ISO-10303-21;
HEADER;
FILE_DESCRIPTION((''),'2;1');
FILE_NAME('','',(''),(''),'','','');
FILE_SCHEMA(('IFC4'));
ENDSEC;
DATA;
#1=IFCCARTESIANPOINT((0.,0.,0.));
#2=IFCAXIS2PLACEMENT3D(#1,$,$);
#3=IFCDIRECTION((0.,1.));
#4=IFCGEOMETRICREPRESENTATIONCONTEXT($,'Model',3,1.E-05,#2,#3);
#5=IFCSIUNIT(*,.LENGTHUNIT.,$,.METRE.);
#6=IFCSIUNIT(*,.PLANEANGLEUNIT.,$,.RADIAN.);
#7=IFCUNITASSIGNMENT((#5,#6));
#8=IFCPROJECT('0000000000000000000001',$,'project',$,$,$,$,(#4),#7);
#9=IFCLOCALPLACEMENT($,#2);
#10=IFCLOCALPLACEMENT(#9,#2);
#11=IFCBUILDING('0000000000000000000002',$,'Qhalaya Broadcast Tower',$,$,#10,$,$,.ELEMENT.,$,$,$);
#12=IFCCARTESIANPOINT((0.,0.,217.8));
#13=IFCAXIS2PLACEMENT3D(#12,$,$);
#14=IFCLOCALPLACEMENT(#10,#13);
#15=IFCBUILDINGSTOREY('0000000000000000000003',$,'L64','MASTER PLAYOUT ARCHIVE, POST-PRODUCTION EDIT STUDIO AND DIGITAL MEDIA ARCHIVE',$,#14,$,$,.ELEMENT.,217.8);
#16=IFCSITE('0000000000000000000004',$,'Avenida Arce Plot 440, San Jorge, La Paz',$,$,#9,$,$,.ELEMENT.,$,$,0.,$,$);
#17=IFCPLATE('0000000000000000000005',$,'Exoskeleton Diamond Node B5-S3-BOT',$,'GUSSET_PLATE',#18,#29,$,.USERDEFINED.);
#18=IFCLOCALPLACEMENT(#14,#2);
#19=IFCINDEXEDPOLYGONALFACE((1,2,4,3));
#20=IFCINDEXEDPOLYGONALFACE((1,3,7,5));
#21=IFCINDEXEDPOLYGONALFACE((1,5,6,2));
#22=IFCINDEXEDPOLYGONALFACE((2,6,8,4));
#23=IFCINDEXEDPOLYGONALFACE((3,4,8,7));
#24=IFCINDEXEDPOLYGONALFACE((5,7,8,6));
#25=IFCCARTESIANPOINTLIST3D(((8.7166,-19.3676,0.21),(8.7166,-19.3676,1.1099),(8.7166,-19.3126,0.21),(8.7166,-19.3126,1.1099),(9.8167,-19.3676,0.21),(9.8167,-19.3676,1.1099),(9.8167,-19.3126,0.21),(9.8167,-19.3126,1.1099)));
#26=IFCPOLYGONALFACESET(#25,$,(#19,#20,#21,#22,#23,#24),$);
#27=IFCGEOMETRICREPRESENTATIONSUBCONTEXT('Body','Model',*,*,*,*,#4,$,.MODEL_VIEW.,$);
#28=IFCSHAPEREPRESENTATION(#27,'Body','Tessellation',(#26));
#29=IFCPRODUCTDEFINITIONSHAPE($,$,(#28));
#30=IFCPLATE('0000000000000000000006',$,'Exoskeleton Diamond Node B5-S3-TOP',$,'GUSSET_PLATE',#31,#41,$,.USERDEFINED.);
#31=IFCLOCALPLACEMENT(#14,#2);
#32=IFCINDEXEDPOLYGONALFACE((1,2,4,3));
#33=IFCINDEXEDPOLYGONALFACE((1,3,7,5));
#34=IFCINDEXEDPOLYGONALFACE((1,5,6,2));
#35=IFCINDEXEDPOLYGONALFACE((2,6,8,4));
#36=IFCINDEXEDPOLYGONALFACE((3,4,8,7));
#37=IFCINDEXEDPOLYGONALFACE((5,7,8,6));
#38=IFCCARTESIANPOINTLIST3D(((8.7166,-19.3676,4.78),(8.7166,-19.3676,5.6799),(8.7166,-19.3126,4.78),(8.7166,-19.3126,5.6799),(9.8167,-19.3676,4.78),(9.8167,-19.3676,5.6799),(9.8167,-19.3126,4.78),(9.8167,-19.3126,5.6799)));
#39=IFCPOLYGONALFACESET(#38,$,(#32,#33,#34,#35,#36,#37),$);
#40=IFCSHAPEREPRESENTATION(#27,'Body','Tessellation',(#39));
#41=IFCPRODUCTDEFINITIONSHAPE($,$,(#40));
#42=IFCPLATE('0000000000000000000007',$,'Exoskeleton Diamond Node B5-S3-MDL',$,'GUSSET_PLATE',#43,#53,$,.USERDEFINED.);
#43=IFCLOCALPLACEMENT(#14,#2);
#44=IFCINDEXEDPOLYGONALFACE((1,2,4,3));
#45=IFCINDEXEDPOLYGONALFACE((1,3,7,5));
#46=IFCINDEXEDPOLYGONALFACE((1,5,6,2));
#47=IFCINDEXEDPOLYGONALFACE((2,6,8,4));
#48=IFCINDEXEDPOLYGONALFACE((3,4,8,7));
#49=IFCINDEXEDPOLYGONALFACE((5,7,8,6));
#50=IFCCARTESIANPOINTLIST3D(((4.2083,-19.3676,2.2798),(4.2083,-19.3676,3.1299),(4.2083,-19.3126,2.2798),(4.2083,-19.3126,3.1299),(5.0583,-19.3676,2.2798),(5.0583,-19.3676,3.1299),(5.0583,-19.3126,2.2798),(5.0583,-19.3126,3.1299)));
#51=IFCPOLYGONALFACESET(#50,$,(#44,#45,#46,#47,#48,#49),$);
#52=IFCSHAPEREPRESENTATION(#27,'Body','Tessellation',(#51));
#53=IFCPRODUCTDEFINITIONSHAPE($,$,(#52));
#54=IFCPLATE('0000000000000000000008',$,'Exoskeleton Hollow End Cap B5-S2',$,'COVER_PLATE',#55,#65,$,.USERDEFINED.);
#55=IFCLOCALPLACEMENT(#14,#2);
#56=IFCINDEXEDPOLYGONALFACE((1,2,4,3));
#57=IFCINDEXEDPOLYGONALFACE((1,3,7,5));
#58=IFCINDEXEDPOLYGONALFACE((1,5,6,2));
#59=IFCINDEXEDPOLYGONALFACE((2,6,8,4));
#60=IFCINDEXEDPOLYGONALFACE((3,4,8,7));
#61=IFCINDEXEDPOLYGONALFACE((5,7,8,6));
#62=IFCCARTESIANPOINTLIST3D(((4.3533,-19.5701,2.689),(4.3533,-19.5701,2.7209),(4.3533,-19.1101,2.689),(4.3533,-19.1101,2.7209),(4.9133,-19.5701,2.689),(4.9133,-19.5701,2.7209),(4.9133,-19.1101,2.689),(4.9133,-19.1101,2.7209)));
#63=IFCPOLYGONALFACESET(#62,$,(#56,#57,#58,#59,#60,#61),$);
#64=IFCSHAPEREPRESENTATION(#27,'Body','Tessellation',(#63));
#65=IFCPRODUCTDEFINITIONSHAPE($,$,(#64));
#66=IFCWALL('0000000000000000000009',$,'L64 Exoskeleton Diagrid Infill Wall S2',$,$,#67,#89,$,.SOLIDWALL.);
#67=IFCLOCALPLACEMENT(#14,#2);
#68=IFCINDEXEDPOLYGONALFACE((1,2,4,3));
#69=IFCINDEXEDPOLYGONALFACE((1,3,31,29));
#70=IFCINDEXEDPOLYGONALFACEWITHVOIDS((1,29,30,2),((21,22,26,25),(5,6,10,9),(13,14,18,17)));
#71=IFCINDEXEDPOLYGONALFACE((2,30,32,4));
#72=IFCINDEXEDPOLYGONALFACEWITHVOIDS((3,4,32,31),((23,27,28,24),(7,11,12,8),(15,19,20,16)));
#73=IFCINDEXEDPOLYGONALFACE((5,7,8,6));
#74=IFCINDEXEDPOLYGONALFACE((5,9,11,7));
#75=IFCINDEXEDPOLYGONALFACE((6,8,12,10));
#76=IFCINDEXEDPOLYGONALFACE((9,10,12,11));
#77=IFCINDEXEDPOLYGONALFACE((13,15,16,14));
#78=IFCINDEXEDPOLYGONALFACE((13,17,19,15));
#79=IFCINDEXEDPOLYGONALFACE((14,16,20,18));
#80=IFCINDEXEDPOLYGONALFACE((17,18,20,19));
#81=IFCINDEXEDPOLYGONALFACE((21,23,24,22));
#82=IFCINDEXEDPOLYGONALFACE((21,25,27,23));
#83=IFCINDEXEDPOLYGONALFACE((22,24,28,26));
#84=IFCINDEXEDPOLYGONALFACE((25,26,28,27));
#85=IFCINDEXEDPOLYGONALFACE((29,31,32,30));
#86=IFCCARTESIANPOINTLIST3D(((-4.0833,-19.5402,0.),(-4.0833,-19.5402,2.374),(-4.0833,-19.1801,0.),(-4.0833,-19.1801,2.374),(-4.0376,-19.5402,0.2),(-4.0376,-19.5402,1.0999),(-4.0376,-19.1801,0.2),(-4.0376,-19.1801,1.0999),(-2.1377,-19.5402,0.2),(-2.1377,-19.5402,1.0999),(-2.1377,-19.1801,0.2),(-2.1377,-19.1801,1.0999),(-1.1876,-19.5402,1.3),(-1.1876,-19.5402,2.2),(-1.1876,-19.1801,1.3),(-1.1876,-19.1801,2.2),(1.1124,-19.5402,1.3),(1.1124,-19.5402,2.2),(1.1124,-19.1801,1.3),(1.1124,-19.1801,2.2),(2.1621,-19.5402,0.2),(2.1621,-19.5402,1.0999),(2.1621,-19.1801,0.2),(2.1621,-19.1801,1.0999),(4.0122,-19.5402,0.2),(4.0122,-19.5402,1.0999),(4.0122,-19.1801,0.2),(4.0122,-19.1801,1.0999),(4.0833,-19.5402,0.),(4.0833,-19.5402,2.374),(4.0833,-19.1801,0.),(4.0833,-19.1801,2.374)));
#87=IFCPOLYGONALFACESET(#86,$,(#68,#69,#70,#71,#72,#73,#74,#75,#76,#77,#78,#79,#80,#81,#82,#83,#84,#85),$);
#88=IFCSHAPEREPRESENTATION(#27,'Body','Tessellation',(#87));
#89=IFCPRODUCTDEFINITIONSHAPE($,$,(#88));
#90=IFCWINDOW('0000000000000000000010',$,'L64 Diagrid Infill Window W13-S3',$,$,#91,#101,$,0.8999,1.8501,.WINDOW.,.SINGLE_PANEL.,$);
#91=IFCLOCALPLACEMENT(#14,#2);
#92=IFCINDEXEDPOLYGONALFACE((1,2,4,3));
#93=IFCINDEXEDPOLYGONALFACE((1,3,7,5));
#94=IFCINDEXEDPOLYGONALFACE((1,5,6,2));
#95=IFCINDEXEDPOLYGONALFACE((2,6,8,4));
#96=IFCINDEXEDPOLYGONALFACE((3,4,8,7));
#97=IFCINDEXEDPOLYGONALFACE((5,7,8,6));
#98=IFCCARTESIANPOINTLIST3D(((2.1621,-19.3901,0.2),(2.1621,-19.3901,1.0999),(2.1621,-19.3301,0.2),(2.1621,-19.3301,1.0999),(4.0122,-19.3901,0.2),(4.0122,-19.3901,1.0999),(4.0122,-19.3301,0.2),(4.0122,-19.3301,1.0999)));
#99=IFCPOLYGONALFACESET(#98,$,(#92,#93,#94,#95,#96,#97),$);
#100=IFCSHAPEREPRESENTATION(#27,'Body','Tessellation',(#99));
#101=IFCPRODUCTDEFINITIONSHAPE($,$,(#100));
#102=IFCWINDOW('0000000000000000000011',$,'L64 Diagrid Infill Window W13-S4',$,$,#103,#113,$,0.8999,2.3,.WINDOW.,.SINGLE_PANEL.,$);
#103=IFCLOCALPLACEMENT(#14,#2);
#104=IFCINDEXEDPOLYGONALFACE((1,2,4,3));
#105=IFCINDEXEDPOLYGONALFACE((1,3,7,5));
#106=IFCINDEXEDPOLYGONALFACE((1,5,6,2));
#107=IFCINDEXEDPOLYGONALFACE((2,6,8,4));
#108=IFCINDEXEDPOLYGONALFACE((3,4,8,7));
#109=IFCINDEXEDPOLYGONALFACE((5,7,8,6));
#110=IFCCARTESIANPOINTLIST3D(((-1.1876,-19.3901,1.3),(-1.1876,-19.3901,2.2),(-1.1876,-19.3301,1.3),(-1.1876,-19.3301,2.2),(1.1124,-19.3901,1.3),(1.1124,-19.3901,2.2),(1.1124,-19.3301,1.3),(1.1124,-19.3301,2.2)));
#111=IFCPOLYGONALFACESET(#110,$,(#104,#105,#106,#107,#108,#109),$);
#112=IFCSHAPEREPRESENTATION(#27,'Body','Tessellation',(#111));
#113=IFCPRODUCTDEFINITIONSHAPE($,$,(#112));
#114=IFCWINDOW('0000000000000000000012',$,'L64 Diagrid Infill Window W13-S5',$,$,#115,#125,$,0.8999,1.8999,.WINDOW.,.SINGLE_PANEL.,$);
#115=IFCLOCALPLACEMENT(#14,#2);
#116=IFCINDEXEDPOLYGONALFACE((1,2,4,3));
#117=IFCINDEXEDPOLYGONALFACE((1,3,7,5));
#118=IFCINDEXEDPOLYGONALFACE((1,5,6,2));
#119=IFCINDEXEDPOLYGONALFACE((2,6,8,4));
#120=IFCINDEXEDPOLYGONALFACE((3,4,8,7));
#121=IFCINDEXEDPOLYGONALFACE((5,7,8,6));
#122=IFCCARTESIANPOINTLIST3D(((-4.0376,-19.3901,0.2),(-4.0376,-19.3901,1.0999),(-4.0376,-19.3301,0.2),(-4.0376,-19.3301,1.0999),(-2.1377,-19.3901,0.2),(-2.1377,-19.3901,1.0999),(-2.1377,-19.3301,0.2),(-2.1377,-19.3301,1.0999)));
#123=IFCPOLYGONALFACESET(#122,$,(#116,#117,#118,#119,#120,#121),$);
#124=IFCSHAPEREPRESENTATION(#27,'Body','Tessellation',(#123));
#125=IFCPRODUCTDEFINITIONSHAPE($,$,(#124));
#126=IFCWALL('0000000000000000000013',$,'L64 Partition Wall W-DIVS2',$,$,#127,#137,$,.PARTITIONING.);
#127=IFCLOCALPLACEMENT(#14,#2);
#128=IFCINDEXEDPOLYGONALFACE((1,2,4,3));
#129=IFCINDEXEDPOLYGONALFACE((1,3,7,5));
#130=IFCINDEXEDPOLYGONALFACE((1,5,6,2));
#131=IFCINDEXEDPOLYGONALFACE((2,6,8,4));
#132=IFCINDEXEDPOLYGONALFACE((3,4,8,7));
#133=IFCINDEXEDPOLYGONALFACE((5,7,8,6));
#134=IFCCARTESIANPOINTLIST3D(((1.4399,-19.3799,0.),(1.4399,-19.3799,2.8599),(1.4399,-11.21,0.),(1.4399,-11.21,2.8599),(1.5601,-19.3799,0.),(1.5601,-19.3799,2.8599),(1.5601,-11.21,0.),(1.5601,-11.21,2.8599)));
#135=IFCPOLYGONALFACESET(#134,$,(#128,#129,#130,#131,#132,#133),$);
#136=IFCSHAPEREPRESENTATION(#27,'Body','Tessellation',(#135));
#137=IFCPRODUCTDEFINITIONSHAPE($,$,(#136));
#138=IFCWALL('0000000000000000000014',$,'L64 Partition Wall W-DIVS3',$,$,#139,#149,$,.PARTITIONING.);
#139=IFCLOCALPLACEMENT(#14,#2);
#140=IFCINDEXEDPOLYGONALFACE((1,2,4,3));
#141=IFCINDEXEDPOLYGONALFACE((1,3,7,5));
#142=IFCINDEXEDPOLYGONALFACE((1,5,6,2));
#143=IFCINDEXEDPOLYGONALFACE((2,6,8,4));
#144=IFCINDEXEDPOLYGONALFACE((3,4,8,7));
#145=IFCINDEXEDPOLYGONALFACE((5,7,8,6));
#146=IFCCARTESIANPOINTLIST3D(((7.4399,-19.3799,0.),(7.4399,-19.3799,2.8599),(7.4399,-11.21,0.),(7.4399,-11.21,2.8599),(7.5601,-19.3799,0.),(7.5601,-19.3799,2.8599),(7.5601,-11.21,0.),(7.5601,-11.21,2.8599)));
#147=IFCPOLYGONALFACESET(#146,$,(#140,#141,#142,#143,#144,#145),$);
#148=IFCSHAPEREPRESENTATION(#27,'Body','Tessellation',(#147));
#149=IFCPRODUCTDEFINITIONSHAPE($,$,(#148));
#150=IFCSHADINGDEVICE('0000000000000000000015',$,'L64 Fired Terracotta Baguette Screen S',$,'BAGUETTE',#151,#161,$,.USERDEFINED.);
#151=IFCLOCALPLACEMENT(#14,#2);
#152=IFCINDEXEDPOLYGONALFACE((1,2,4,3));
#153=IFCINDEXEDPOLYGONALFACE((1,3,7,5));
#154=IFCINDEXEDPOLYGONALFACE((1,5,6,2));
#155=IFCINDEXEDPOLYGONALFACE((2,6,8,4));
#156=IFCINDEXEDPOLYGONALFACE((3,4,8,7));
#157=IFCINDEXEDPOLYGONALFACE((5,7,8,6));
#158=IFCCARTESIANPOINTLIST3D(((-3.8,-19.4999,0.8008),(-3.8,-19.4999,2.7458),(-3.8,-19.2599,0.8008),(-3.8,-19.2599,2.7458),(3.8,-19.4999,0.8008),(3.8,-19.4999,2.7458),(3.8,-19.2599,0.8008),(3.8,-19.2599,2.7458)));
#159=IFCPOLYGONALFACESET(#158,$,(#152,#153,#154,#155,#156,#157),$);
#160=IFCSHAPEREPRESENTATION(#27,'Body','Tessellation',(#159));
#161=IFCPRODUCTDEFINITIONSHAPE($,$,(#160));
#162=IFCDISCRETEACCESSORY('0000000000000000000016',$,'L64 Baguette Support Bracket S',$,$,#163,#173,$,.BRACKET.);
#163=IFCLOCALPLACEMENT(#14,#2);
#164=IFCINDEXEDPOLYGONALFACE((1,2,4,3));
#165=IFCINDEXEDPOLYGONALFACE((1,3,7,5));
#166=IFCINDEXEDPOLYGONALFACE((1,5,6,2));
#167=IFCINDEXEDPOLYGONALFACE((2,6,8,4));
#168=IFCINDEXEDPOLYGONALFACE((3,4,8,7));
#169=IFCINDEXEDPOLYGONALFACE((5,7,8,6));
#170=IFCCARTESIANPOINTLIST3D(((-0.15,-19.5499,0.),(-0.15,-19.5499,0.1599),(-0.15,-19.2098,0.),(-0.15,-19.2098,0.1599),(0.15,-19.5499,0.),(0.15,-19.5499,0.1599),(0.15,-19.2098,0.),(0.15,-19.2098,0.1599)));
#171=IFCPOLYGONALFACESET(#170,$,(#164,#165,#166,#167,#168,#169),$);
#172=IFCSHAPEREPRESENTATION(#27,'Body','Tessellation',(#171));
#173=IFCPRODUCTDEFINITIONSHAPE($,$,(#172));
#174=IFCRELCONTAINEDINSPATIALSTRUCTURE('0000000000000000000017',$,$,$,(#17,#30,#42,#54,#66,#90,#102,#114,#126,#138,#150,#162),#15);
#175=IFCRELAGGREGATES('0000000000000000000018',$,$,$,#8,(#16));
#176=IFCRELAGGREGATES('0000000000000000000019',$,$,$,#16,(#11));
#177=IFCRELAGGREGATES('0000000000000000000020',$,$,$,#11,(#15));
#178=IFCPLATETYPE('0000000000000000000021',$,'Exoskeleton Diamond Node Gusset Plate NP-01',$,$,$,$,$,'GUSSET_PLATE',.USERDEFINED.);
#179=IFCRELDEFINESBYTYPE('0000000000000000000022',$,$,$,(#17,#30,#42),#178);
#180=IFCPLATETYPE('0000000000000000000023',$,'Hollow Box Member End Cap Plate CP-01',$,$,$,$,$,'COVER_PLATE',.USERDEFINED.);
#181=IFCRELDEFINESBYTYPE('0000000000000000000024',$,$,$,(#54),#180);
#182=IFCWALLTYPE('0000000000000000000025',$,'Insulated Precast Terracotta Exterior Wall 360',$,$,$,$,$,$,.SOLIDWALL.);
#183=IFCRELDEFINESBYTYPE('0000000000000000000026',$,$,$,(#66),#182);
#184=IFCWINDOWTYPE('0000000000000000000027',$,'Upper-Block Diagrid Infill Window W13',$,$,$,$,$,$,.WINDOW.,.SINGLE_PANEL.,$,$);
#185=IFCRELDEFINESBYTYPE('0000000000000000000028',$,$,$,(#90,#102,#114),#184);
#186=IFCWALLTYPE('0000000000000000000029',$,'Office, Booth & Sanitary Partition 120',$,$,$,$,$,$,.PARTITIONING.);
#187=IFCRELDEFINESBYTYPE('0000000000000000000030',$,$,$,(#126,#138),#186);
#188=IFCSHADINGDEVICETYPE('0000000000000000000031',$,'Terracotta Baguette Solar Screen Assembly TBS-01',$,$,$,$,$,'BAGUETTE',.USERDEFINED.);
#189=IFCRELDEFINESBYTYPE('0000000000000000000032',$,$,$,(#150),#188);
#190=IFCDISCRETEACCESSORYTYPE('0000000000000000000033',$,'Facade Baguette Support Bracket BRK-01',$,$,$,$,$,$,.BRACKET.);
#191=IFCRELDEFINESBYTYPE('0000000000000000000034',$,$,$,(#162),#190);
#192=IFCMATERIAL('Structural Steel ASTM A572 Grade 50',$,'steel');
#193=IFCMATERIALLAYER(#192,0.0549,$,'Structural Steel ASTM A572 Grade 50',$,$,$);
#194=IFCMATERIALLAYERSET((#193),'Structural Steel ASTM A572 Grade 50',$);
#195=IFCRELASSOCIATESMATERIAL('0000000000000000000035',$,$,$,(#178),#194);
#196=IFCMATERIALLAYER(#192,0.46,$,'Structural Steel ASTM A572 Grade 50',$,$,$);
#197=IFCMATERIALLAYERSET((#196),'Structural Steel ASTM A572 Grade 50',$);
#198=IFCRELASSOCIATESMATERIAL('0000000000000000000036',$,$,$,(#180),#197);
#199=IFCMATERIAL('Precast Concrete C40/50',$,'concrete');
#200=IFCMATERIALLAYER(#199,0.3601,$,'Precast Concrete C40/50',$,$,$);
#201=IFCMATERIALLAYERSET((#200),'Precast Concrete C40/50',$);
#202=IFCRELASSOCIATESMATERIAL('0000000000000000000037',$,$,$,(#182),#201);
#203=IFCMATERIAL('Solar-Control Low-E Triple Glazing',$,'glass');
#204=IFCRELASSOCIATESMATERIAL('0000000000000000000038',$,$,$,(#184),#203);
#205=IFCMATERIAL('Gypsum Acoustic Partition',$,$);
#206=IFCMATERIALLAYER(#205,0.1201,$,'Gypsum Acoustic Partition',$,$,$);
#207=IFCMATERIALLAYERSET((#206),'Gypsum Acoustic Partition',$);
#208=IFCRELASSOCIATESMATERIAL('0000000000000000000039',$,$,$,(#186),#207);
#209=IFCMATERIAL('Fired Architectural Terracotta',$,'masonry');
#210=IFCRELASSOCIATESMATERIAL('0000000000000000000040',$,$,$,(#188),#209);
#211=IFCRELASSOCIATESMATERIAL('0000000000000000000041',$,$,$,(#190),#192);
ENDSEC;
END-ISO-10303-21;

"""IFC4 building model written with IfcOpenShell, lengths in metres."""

from ifc_helpers import new_model, si_unit, direction, frame, frame_2d, origin, origin_2d, place, context, subcontext, project, spatial, rectangle, extrude, material, layer, layer_set, type_object, element, fill, save


model = new_model("IFC4")

# Units and contexts
model_context = context("Model", 3, precision=1e-05, world=origin(), true_north=direction((0.0, 1.0)))
body_context = subcontext(model_context, "Body", "Model", "MODEL_VIEW")
ifc_project = project(units=[si_unit("LENGTHUNIT", "METRE"), si_unit("PLANEANGLEUNIT", "RADIAN")], contexts=[model_context])

# Site, building, storey
site_placement = place(None, origin())
site = spatial("IfcSite", under=ifc_project, at=site_placement, Name="Avenida Arce Plot 440, San Jorge, La Paz", CompositionType="ELEMENT", RefElevation=0.0)
building_placement = place(site_placement, origin())
building = spatial("IfcBuilding", under=site, at=building_placement, Name="Qhalaya Broadcast Tower", CompositionType="ELEMENT")
storey_placement = place(building_placement, frame((0.0, 0.0, 217.8)))
storey = spatial("IfcBuildingStorey", under=building, at=storey_placement, Name="L64", Description="MASTER PLAYOUT ARCHIVE, POST-PRODUCTION EDIT STUDIO AND DIGITAL MEDIA ARCHIVE", CompositionType="ELEMENT", Elevation=217.8)

# Shared definitions
ifc_material_1 = material(Name="Structural Steel ASTM A572 Grade 50", Category="steel")

# Plates
ifc_layer_1 = layer(ifc_material_1, 0.0549, Name="Structural Steel ASTM A572 Grade 50")
ifc_layer_set_1 = layer_set([ifc_layer_1], Name="Structural Steel ASTM A572 Grade 50")
plate_type_1 = type_object("IfcPlateType", Name="Exoskeleton Diamond Node Gusset Plate NP-01", ElementType="GUSSET_PLATE", PredefinedType="USERDEFINED", material=ifc_layer_set_1)
for number, where, z_axis, x_axis, name in (
    (1, (9.2666, -19.3401, 0.21), (0.0, 0.0, 1.0), (1.0, 0.0, 0.0), "Exoskeleton Diamond Node B5-S3-BOT"),
    (2, (9.2666, -19.3401, 4.78), (0.0, 0.0, 1.0), (1.0, 0.0, 0.0), "Exoskeleton Diamond Node B5-S3-TOP"),
):
    element("IfcPlate", number, at=place(storey_placement, frame(where, z_axis=z_axis, x_axis=x_axis)), inside=storey, type_object=plate_type_1, Name=name, ObjectType="GUSSET_PLATE", PredefinedType="USERDEFINED", context=body_context, shape_type="SweptSolid", body=[
        extrude(rectangle(XDim=1.1001, YDim=0.0549, at=origin_2d()), origin(), (0.0, 0.0, 1.0), 0.8999),
    ])
plate_1_placement = place(storey_placement, frame((4.6333, -19.3401, 2.2798), z_axis=(0.0, 0.0, 1.0), x_axis=(1.0, 0.0, 0.0)))
element("IfcPlate", 3, at=plate_1_placement, inside=storey, type_object=plate_type_1, Name="Exoskeleton Diamond Node B5-S3-MDL", ObjectType="GUSSET_PLATE", PredefinedType="USERDEFINED", context=body_context, shape_type="SweptSolid", body=[
    extrude(rectangle(XDim=0.8501, YDim=0.0549, at=origin_2d()), origin(), (0.0, 0.0, 1.0), 0.8501),
])
ifc_layer_2 = layer(ifc_material_1, 0.46, Name="Structural Steel ASTM A572 Grade 50")
ifc_layer_set_2 = layer_set([ifc_layer_2], Name="Structural Steel ASTM A572 Grade 50")
plate_type_2 = type_object("IfcPlateType", Name="Hollow Box Member End Cap Plate CP-01", ElementType="COVER_PLATE", PredefinedType="USERDEFINED", material=ifc_layer_set_2)
plate_2_placement = place(storey_placement, frame((4.6333, -19.3401, 2.689), z_axis=(0.0, 0.0, 1.0), x_axis=(1.0, 0.0, 0.0)))
element("IfcPlate", 4, at=plate_2_placement, inside=storey, type_object=plate_type_2, Name="Exoskeleton Hollow End Cap B5-S2", ObjectType="COVER_PLATE", PredefinedType="USERDEFINED", context=body_context, shape_type="SweptSolid", body=[
    extrude(rectangle(XDim=0.5601, YDim=0.46, at=origin_2d()), origin(), (0.0, 0.0, 1.0), 0.032),
])

# Wall, openings, windows
ifc_material_2 = material(Name="Precast Concrete C40/50", Category="concrete")
ifc_layer_3 = layer(ifc_material_2, 0.3601, Name="Precast Concrete C40/50")
ifc_layer_set_3 = layer_set([ifc_layer_3], Name="Precast Concrete C40/50")
wall_type_1 = type_object("IfcWallType", Name="Insulated Precast Terracotta Exterior Wall 360", PredefinedType="SOLIDWALL", material=ifc_layer_set_3)
wall_placement = place(storey_placement, frame((4.0833, -19.3601, 0.0), z_axis=(0.0, 0.0, 1.0), x_axis=(-1.0, 0.0, 0.0)))
wall = element("IfcWall", 5, at=wall_placement, inside=storey, type_object=wall_type_1, Name="L64 Exoskeleton Diagrid Infill Wall S2", PredefinedType="SOLIDWALL", context=body_context, shape_type="SweptSolid", body=[
    extrude(rectangle(XDim=8.1665, YDim=0.3601, at=frame_2d((4.0833, 0.0))), origin(), (0.0, 0.0, 1.0), 2.374),
])
opening_1_placement = place(wall_placement, frame((0.071, 0.0, 0.2)))
opening_1 = element("IfcOpeningElement", 6, at=opening_1_placement, cuts=wall, PredefinedType="OPENING", context=body_context, shape_type="SweptSolid", body=[
    extrude(rectangle(XDim=1.8501, YDim=0.8999, at=frame_2d((0.925, 0.45))), frame((0.0, 0.1921, 0.0), z_axis=(0.0, -1.0, 0.0), x_axis=(1.0, 0.0, 0.0)), (0.0, 0.0, 1.0), 0.384),
])
opening_2_placement = place(wall_placement, frame((2.9709, 0.0, 1.3)))
opening_2 = element("IfcOpeningElement", 7, at=opening_2_placement, cuts=wall, PredefinedType="OPENING", context=body_context, shape_type="SweptSolid", body=[
    extrude(rectangle(XDim=2.3, YDim=0.8999, at=frame_2d((1.1499, 0.45))), frame((0.0, 0.1921, 0.0), z_axis=(0.0, -1.0, 0.0), x_axis=(1.0, 0.0, 0.0)), (0.0, 0.0, 1.0), 0.384),
])
opening_3_placement = place(wall_placement, frame((6.2209, 0.0, 0.2)))
opening_3 = element("IfcOpeningElement", 8, at=opening_3_placement, cuts=wall, PredefinedType="OPENING", context=body_context, shape_type="SweptSolid", body=[
    extrude(rectangle(XDim=1.8999, YDim=0.8999, at=frame_2d((0.95, 0.45))), frame((0.0, 0.1921, 0.0), z_axis=(0.0, -1.0, 0.0), x_axis=(1.0, 0.0, 0.0)), (0.0, 0.0, 1.0), 0.384),
])
ifc_material_3 = material(Name="Solar-Control Low-E Triple Glazing", Category="glass")
window_type = type_object("IfcWindowType", Name="Upper-Block Diagrid Infill Window W13", PartitioningType="SINGLE_PANEL", PredefinedType="WINDOW", material=ifc_material_3)
window_1_placement = place(opening_1_placement, origin())
window_1 = element("IfcWindow", 9, at=window_1_placement, inside=storey, type_object=window_type, Name="L64 Diagrid Infill Window W13-S3", OverallHeight=0.8999, OverallWidth=1.8501, PartitioningType="SINGLE_PANEL", PredefinedType="WINDOW", context=body_context, shape_type="SweptSolid", body=[
    extrude(rectangle(XDim=1.8501, YDim=0.8999, at=frame_2d((0.925, 0.45))), frame((0.0, 0.03, 0.0), z_axis=(0.0, -1.0, 0.0), x_axis=(1.0, 0.0, 0.0)), (0.0, 0.0, 1.0), 0.0601),
])
fill(opening_1, window_1)
window_2_placement = place(opening_2_placement, origin())
window_2 = element("IfcWindow", 10, at=window_2_placement, inside=storey, type_object=window_type, Name="L64 Diagrid Infill Window W13-S4", OverallHeight=0.8999, OverallWidth=2.3, PartitioningType="SINGLE_PANEL", PredefinedType="WINDOW", context=body_context, shape_type="SweptSolid", body=[
    extrude(rectangle(XDim=2.3, YDim=0.8999, at=frame_2d((1.1499, 0.45))), frame((0.0, 0.03, 0.0), z_axis=(0.0, -1.0, 0.0), x_axis=(1.0, 0.0, 0.0)), (0.0, 0.0, 1.0), 0.0601),
])
fill(opening_2, window_2)
window_3_placement = place(opening_3_placement, origin())
window_3 = element("IfcWindow", 11, at=window_3_placement, inside=storey, type_object=window_type, Name="L64 Diagrid Infill Window W13-S5", OverallHeight=0.8999, OverallWidth=1.8999, PartitioningType="SINGLE_PANEL", PredefinedType="WINDOW", context=body_context, shape_type="SweptSolid", body=[
    extrude(rectangle(XDim=1.8999, YDim=0.8999, at=frame_2d((0.95, 0.45))), frame((0.0, 0.03, 0.0), z_axis=(0.0, -1.0, 0.0), x_axis=(1.0, 0.0, 0.0)), (0.0, 0.0, 1.0), 0.0601),
])
fill(opening_3, window_3)

# Walls
ifc_material_4 = material(Name="Gypsum Acoustic Partition")
ifc_layer_4 = layer(ifc_material_4, 0.1201, Name="Gypsum Acoustic Partition")
ifc_layer_set_4 = layer_set([ifc_layer_4], Name="Gypsum Acoustic Partition")
wall_type_2 = type_object("IfcWallType", Name="Office, Booth & Sanitary Partition 120", PredefinedType="PARTITIONING", material=ifc_layer_set_4)
for number, where, z_axis, x_axis, name in (
    (12, (1.5, -19.3799, 0.0), (0.0, 0.0, 1.0), (0.0, 1.0, 0.0), "L64 Partition Wall W-DIVS2"),
    (13, (7.5, -19.3799, 0.0), (0.0, 0.0, 1.0), (0.0, 1.0, 0.0), "L64 Partition Wall W-DIVS3"),
):
    element("IfcWall", number, at=place(storey_placement, frame(where, z_axis=z_axis, x_axis=x_axis)), inside=storey, type_object=wall_type_2, Name=name, PredefinedType="PARTITIONING", context=body_context, shape_type="SweptSolid", body=[
        extrude(rectangle(XDim=8.1699, YDim=0.1201, at=frame_2d((4.085, 0.0))), origin(), (0.0, 0.0, 1.0), 2.8599),
    ])

# Shading device
ifc_material_5 = material(Name="Fired Architectural Terracotta", Category="masonry")
shading_device_type = type_object("IfcShadingDeviceType", Name="Terracotta Baguette Solar Screen Assembly TBS-01", ElementType="BAGUETTE", PredefinedType="USERDEFINED", material=ifc_material_5)
shading_device_placement = place(storey_placement, frame((0.0, -19.3799, 0.8008), z_axis=(0.0, 0.0, 1.0), x_axis=(1.0, 0.0, 0.0)))
element("IfcShadingDevice", 14, at=shading_device_placement, inside=storey, type_object=shading_device_type, Name="L64 Fired Terracotta Baguette Screen S", ObjectType="BAGUETTE", PredefinedType="USERDEFINED", context=body_context, shape_type="SweptSolid", body=[
    extrude(rectangle(XDim=7.6001, YDim=0.24, at=origin_2d()), origin(), (0.0, 0.0, 1.0), 1.9451),
])

# Discrete accessory
discrete_accessory_type = type_object("IfcDiscreteAccessoryType", Name="Facade Baguette Support Bracket BRK-01", PredefinedType="BRACKET", material=ifc_material_1)
discrete_accessory_placement = place(storey_placement, frame((0.0, -19.3799, 0.0), z_axis=(0.0, 0.0, 1.0), x_axis=(1.0, 0.0, 0.0)))
element("IfcDiscreteAccessory", 15, at=discrete_accessory_placement, inside=storey, type_object=discrete_accessory_type, Name="L64 Baguette Support Bracket S", PredefinedType="BRACKET", context=body_context, shape_type="SweptSolid", body=[
    extrude(rectangle(XDim=0.3, YDim=0.3401, at=origin_2d()), origin(), (0.0, 0.0, 1.0), 0.1599),
])

save(model, "model.ifc")
